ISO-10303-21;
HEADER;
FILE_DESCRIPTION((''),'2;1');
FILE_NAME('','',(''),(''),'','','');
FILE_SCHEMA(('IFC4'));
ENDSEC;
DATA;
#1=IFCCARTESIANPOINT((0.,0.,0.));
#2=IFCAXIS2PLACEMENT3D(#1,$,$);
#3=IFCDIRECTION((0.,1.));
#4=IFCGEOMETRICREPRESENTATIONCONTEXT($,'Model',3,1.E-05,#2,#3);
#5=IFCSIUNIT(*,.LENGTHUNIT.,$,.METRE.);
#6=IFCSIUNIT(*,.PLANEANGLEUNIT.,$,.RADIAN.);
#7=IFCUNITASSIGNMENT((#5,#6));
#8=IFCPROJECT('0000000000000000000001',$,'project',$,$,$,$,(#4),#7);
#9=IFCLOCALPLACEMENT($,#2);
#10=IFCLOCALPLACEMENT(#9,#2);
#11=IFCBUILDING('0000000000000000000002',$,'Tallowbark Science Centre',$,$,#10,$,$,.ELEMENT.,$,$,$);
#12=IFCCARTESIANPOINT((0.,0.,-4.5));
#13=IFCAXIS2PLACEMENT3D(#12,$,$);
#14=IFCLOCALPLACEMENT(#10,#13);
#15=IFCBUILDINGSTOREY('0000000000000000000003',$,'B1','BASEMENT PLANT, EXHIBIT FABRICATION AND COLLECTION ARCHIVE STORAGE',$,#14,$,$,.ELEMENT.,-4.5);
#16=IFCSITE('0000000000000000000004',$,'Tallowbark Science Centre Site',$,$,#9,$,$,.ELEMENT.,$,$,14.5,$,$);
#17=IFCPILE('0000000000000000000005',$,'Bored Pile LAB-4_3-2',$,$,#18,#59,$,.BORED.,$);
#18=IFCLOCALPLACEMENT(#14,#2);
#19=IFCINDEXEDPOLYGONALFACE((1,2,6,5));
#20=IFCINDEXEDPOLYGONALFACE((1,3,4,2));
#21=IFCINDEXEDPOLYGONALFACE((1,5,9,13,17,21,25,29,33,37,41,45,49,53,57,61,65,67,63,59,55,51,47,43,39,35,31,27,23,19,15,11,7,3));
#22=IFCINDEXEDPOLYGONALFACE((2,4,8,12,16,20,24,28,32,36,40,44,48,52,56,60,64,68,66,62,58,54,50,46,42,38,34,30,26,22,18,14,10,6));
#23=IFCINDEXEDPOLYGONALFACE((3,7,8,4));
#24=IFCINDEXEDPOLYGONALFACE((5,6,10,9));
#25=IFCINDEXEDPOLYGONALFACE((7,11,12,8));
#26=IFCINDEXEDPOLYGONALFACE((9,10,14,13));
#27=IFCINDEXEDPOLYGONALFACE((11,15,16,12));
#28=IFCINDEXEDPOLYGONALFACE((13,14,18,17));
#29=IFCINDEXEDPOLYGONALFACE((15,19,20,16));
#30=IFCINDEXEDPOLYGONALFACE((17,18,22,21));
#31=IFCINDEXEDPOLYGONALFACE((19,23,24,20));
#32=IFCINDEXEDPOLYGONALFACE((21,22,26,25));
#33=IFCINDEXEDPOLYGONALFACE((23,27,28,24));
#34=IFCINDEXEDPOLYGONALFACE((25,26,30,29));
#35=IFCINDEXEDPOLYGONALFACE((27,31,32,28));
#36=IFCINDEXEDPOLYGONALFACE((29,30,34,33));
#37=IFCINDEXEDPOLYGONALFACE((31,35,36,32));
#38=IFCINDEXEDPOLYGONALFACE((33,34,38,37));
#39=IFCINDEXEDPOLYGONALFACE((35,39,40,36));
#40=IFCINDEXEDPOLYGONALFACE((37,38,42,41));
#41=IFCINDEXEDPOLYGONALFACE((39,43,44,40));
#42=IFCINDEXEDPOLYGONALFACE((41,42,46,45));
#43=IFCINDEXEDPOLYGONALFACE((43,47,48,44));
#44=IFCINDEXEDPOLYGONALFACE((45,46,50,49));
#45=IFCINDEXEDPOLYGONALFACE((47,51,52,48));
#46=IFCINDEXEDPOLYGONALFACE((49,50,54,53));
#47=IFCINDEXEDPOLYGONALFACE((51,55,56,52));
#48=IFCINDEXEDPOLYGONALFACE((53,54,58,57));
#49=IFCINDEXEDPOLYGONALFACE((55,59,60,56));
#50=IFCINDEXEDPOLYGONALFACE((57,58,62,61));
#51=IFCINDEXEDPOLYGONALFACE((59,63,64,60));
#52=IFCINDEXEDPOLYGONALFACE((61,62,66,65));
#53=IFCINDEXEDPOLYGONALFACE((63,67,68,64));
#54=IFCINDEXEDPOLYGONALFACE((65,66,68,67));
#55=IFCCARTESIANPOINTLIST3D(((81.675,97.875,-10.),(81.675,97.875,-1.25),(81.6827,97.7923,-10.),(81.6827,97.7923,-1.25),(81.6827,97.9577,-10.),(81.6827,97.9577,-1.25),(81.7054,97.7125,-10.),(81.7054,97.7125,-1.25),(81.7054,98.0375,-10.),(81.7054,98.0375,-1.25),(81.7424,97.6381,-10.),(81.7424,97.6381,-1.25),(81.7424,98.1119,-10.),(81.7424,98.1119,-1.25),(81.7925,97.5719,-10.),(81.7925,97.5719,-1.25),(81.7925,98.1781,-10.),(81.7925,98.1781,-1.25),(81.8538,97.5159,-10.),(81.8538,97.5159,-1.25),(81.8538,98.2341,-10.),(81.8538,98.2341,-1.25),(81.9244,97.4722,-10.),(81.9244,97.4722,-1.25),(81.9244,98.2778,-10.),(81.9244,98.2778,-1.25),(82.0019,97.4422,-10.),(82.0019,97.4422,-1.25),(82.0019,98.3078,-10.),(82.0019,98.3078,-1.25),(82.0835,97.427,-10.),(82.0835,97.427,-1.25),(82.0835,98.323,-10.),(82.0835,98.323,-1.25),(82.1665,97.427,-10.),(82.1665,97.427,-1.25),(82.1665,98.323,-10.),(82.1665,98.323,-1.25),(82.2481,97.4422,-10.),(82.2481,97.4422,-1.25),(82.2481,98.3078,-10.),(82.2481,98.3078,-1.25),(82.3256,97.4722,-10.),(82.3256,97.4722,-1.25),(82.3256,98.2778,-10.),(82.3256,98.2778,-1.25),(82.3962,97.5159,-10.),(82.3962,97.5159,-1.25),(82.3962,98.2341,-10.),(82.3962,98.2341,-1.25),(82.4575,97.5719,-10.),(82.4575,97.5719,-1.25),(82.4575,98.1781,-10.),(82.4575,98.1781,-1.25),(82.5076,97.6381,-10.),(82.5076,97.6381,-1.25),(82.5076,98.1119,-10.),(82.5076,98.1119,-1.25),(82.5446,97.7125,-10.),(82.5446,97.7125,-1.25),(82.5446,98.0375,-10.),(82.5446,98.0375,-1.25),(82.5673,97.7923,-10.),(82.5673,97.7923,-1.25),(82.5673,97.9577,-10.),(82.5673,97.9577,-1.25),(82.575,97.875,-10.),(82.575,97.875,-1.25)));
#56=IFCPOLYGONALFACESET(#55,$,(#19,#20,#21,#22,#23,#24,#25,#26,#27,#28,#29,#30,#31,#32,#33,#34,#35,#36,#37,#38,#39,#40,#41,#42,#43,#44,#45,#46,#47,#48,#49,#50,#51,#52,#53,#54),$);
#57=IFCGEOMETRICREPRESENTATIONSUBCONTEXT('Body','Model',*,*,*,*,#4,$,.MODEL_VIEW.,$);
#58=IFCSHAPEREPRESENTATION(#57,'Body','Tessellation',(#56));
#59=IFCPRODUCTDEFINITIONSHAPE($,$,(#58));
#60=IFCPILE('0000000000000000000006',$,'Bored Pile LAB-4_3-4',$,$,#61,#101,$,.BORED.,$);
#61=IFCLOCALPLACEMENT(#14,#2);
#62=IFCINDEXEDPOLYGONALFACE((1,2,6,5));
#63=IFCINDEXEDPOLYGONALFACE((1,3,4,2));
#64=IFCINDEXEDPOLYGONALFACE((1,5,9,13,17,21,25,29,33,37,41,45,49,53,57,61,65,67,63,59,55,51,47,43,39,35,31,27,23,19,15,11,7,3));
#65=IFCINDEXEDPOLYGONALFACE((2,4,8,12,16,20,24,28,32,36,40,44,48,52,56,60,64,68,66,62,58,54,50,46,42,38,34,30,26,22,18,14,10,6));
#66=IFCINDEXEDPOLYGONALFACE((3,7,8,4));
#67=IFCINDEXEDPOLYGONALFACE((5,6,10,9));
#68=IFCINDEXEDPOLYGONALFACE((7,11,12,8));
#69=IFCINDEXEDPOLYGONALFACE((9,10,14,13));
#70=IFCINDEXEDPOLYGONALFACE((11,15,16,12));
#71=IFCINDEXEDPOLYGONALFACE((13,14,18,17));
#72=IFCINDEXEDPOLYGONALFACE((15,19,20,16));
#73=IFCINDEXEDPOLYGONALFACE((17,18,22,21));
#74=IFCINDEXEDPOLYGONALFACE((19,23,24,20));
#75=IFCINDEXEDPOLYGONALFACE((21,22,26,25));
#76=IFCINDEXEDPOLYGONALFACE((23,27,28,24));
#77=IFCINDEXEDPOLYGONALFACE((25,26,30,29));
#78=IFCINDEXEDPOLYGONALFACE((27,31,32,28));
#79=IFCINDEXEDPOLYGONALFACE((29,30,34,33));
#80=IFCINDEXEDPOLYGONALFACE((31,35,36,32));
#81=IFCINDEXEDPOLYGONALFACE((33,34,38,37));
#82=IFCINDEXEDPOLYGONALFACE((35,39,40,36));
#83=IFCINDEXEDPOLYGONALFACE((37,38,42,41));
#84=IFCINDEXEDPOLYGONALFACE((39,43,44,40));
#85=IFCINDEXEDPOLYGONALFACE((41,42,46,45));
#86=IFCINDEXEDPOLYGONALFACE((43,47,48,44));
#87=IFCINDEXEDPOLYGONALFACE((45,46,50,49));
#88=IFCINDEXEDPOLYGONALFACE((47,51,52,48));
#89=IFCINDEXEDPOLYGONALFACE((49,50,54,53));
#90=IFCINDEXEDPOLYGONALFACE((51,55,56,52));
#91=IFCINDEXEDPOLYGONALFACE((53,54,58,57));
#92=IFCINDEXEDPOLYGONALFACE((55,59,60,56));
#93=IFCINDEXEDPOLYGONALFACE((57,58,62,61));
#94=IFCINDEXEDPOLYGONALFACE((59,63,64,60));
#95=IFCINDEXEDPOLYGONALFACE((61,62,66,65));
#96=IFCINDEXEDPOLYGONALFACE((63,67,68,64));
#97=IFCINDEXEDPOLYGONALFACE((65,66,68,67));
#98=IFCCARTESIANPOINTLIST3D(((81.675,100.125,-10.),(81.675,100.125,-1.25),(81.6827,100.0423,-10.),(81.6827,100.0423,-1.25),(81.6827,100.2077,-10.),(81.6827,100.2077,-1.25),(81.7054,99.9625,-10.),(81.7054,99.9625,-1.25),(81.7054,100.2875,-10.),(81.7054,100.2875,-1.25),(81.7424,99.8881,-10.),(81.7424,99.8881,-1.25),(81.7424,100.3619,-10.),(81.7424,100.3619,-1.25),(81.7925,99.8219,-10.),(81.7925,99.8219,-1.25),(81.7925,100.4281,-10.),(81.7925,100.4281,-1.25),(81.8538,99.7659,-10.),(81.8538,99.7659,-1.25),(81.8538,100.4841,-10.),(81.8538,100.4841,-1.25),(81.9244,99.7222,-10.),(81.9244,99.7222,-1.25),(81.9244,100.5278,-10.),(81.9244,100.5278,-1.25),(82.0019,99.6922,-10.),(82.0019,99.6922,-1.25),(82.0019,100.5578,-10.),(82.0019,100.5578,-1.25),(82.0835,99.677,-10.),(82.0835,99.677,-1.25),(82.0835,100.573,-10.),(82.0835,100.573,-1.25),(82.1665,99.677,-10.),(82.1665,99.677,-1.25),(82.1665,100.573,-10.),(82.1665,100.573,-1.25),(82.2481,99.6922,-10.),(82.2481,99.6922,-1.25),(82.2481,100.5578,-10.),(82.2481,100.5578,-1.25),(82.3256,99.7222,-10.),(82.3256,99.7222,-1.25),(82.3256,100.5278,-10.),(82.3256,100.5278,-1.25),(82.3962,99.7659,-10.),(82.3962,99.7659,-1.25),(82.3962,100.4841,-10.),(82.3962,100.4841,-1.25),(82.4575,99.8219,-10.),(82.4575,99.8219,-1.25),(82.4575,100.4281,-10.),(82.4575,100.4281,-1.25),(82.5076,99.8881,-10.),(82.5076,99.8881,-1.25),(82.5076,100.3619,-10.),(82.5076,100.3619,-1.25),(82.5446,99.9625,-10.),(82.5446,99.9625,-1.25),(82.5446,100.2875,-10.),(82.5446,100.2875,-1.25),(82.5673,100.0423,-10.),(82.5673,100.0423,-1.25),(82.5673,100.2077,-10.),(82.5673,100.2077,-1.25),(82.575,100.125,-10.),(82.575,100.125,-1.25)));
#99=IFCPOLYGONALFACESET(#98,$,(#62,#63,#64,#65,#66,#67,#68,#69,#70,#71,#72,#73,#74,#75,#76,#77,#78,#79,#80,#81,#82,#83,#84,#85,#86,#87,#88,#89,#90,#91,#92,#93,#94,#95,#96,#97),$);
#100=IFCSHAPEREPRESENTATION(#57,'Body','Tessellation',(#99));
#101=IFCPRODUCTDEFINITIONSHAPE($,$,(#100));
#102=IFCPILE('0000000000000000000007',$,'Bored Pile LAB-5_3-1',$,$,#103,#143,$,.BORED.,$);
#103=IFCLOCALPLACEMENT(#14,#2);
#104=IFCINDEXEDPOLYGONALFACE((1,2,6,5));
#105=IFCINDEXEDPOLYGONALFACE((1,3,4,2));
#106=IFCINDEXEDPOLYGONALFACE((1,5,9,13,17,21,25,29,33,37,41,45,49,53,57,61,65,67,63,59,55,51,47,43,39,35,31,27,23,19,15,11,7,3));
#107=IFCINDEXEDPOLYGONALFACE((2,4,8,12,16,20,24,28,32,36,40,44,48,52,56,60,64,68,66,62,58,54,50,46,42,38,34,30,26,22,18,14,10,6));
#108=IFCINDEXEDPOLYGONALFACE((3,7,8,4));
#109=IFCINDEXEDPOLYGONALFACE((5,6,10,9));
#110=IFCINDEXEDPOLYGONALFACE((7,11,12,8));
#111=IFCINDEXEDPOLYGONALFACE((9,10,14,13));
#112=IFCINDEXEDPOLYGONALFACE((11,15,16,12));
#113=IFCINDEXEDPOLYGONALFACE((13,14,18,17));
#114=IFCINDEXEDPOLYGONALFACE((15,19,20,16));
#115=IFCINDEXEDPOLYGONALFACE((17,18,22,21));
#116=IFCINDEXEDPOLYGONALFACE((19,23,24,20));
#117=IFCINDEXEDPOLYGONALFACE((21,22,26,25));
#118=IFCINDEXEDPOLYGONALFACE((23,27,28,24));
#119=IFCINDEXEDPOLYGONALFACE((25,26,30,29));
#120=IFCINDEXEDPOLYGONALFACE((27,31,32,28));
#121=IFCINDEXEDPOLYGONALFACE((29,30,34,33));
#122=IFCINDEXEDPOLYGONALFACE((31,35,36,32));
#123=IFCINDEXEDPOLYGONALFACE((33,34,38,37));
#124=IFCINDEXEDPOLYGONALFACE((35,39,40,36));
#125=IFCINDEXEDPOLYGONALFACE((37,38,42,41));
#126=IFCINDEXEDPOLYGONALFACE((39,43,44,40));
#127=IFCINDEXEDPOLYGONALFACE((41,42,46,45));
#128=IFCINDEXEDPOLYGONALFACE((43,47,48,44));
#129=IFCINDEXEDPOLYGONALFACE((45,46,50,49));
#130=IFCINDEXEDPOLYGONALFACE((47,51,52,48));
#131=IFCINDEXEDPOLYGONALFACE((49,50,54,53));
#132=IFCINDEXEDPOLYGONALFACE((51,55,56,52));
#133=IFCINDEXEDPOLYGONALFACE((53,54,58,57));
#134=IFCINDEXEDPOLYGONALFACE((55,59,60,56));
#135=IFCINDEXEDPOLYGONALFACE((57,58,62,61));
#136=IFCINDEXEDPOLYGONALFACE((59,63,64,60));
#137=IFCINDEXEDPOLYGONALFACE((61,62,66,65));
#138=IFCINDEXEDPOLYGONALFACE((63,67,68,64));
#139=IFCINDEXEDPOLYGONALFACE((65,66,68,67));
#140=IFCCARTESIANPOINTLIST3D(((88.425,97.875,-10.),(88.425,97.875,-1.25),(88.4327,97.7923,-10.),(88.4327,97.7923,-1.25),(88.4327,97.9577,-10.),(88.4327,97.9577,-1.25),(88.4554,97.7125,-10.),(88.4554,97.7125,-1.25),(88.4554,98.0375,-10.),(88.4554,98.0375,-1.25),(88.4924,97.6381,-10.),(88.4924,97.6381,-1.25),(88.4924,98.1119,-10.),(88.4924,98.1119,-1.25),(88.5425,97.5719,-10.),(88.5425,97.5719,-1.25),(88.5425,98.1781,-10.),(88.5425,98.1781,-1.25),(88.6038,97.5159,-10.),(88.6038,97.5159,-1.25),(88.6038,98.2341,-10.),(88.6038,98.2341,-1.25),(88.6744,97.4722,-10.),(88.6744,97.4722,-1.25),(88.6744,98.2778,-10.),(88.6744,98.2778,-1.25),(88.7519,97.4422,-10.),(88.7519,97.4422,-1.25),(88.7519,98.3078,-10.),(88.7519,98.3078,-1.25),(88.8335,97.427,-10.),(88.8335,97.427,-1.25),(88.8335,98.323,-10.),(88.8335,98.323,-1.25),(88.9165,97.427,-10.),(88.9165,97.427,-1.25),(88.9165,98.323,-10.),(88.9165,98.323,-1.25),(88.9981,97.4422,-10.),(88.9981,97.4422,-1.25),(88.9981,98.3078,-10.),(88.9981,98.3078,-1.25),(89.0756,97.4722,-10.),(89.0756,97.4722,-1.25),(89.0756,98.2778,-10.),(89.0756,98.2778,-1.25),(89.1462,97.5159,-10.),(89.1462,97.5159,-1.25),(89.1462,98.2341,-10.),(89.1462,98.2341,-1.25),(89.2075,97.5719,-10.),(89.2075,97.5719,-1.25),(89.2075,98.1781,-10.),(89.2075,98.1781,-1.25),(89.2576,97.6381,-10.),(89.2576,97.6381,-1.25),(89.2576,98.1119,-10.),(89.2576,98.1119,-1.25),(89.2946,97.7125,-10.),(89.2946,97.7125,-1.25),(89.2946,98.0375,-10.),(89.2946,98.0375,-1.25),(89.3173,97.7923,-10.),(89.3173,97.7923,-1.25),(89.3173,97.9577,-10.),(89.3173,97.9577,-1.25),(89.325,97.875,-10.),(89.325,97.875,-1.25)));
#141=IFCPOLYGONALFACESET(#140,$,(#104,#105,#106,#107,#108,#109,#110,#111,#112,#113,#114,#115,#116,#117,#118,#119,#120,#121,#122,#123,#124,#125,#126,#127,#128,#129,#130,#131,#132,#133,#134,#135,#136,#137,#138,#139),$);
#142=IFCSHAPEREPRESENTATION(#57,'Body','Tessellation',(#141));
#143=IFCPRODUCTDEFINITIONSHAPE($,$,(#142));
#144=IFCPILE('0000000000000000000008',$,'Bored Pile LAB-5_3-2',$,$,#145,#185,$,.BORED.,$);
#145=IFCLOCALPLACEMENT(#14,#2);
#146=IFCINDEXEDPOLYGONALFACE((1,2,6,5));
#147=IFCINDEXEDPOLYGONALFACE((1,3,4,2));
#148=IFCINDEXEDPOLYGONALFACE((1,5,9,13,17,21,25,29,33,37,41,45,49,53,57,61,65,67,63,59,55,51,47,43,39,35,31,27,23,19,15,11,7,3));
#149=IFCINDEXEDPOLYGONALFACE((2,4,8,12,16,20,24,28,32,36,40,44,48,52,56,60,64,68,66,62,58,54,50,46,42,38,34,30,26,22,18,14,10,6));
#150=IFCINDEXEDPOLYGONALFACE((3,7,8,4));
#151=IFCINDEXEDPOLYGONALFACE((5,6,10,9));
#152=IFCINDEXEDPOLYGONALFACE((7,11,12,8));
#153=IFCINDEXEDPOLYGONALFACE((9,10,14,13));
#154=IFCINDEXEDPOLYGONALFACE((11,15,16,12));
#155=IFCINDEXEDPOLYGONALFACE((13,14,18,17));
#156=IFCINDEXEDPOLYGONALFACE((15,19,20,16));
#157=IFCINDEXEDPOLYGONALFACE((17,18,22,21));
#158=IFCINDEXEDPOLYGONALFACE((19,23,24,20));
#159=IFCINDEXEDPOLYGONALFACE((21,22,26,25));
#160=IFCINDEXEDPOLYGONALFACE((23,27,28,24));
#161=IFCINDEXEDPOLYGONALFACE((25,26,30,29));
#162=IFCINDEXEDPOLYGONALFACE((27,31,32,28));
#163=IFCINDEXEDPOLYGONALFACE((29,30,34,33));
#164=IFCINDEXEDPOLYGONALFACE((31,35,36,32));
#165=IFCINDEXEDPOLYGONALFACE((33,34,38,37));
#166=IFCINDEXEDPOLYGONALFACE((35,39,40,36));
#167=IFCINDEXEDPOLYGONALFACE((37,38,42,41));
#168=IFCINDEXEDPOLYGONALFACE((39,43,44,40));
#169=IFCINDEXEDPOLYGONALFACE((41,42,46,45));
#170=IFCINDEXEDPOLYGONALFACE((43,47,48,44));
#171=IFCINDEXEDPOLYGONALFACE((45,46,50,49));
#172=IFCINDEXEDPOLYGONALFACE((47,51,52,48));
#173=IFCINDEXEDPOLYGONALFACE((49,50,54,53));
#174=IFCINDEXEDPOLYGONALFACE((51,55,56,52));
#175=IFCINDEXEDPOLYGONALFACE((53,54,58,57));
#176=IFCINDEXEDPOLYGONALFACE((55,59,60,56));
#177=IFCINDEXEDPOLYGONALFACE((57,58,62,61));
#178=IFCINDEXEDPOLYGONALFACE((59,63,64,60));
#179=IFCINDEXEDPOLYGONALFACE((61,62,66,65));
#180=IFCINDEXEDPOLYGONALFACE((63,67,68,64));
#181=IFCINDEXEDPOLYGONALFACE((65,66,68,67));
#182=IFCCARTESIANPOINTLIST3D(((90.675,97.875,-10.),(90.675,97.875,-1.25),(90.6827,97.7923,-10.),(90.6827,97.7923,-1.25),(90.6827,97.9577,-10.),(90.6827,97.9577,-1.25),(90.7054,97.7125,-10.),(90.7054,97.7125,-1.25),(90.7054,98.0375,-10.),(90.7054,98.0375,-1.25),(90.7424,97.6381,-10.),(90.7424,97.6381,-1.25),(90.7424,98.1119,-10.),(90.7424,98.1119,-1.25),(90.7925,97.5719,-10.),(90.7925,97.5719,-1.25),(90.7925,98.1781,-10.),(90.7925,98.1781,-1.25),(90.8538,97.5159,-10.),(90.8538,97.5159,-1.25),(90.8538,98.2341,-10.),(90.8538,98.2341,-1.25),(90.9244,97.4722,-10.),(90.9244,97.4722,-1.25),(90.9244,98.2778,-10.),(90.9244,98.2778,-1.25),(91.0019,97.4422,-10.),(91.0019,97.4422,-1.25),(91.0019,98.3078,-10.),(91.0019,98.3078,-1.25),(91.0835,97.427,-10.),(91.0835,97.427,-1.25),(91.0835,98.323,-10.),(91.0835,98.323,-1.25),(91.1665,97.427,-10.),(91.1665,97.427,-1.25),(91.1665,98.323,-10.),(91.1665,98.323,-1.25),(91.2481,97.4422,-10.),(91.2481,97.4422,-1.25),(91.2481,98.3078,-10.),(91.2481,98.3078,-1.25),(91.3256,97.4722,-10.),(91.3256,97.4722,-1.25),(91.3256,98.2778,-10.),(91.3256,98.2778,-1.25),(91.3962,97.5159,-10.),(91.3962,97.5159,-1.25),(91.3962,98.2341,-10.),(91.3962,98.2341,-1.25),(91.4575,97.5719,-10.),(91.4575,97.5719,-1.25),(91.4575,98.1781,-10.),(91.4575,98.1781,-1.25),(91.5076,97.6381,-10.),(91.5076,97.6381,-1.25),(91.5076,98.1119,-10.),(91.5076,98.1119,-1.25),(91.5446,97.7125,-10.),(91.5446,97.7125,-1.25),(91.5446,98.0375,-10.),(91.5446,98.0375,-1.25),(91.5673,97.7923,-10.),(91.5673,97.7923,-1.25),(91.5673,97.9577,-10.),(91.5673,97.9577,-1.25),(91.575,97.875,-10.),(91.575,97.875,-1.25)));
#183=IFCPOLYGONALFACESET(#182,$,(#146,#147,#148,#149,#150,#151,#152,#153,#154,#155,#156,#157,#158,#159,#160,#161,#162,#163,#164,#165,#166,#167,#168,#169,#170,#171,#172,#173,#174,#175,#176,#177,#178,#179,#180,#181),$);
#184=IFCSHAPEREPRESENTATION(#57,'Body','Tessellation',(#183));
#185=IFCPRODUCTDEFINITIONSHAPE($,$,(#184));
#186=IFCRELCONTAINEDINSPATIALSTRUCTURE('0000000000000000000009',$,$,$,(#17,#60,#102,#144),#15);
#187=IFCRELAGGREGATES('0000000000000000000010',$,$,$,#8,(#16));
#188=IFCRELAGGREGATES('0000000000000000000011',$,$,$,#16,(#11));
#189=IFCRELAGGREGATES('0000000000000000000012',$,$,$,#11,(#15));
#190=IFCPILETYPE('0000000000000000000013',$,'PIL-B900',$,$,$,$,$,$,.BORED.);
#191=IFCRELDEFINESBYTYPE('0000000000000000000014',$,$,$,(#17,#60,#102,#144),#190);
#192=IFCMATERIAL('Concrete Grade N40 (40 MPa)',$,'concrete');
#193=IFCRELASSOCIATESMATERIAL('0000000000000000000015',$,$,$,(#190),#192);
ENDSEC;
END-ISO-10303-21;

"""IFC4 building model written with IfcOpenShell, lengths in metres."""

from ifc_helpers import new_model, si_unit, direction, frame, origin, origin_2d, place, context, subcontext, project, spatial, circle, extrude, material, material_profile, profile_set, type_object, element, save


model = new_model("IFC4")

# Units and contexts
model_context = context("Model", 3, precision=1e-05, world=origin(), true_north=direction((0.0, 1.0)))
body_context = subcontext(model_context, "Body", "Model", "MODEL_VIEW")
ifc_project = project(units=[si_unit("LENGTHUNIT", "METRE"), si_unit("PLANEANGLEUNIT", "RADIAN")], contexts=[model_context])

# Site, building, storey
site_placement = place(None, origin())
site = spatial("IfcSite", under=ifc_project, at=site_placement, Name="Tallowbark Science Centre Site", CompositionType="ELEMENT", RefElevation=14.5)
building_placement = place(site_placement, origin())
building = spatial("IfcBuilding", under=site, at=building_placement, Name="Tallowbark Science Centre", CompositionType="ELEMENT")
storey_placement = place(building_placement, frame((0.0, 0.0, -4.5)))
storey = spatial("IfcBuildingStorey", under=building, at=storey_placement, Name="B1", Description="BASEMENT PLANT, EXHIBIT FABRICATION AND COLLECTION ARCHIVE STORAGE", CompositionType="ELEMENT", Elevation=-4.5)

# Shared definitions
ifc_material_1 = material(Name="Concrete Grade N40 (40 MPa)", Category="concrete")

# Piles
ifc_material_profile_1 = material_profile(ifc_material_1, circle(Radius=0.45, at=origin_2d()), Name="PILE900")
ifc_profile_set_1 = profile_set([ifc_material_profile_1], Name="Concrete Grade N40 (40 MPa)")
pile_type_1 = type_object("IfcPileType", Name="PIL-B900", PredefinedType="BORED", material=ifc_profile_set_1)
for number, where, z_axis, x_axis, name in (
    (1, (82.125, 97.875, -1.25), (0.0, 0.0, -1.0), (1.0, 0.0, 0.0), "Bored Pile LAB-4_3-2"),
    (2, (82.125, 100.125, -1.25), (0.0, 0.0, -1.0), (1.0, 0.0, 0.0), "Bored Pile LAB-4_3-4"),
    (3, (88.875, 97.875, -1.25), (0.0, 0.0, -1.0), (1.0, 0.0, 0.0), "Bored Pile LAB-5_3-1"),
    (4, (91.125, 97.875, -1.25), (0.0, 0.0, -1.0), (1.0, 0.0, 0.0), "Bored Pile LAB-5_3-2"),
):
    element("IfcPile", number, at=place(storey_placement, frame(where, z_axis=z_axis, x_axis=x_axis)), inside=storey, type_object=pile_type_1, Name=name, PredefinedType="BORED", context=body_context, shape_type="SweptSolid", body=[
        extrude(circle(Radius=0.45, at=origin_2d()), origin(), (0.0, 0.0, 1.0), 8.75),
    ])

save(model, "model.ifc")
